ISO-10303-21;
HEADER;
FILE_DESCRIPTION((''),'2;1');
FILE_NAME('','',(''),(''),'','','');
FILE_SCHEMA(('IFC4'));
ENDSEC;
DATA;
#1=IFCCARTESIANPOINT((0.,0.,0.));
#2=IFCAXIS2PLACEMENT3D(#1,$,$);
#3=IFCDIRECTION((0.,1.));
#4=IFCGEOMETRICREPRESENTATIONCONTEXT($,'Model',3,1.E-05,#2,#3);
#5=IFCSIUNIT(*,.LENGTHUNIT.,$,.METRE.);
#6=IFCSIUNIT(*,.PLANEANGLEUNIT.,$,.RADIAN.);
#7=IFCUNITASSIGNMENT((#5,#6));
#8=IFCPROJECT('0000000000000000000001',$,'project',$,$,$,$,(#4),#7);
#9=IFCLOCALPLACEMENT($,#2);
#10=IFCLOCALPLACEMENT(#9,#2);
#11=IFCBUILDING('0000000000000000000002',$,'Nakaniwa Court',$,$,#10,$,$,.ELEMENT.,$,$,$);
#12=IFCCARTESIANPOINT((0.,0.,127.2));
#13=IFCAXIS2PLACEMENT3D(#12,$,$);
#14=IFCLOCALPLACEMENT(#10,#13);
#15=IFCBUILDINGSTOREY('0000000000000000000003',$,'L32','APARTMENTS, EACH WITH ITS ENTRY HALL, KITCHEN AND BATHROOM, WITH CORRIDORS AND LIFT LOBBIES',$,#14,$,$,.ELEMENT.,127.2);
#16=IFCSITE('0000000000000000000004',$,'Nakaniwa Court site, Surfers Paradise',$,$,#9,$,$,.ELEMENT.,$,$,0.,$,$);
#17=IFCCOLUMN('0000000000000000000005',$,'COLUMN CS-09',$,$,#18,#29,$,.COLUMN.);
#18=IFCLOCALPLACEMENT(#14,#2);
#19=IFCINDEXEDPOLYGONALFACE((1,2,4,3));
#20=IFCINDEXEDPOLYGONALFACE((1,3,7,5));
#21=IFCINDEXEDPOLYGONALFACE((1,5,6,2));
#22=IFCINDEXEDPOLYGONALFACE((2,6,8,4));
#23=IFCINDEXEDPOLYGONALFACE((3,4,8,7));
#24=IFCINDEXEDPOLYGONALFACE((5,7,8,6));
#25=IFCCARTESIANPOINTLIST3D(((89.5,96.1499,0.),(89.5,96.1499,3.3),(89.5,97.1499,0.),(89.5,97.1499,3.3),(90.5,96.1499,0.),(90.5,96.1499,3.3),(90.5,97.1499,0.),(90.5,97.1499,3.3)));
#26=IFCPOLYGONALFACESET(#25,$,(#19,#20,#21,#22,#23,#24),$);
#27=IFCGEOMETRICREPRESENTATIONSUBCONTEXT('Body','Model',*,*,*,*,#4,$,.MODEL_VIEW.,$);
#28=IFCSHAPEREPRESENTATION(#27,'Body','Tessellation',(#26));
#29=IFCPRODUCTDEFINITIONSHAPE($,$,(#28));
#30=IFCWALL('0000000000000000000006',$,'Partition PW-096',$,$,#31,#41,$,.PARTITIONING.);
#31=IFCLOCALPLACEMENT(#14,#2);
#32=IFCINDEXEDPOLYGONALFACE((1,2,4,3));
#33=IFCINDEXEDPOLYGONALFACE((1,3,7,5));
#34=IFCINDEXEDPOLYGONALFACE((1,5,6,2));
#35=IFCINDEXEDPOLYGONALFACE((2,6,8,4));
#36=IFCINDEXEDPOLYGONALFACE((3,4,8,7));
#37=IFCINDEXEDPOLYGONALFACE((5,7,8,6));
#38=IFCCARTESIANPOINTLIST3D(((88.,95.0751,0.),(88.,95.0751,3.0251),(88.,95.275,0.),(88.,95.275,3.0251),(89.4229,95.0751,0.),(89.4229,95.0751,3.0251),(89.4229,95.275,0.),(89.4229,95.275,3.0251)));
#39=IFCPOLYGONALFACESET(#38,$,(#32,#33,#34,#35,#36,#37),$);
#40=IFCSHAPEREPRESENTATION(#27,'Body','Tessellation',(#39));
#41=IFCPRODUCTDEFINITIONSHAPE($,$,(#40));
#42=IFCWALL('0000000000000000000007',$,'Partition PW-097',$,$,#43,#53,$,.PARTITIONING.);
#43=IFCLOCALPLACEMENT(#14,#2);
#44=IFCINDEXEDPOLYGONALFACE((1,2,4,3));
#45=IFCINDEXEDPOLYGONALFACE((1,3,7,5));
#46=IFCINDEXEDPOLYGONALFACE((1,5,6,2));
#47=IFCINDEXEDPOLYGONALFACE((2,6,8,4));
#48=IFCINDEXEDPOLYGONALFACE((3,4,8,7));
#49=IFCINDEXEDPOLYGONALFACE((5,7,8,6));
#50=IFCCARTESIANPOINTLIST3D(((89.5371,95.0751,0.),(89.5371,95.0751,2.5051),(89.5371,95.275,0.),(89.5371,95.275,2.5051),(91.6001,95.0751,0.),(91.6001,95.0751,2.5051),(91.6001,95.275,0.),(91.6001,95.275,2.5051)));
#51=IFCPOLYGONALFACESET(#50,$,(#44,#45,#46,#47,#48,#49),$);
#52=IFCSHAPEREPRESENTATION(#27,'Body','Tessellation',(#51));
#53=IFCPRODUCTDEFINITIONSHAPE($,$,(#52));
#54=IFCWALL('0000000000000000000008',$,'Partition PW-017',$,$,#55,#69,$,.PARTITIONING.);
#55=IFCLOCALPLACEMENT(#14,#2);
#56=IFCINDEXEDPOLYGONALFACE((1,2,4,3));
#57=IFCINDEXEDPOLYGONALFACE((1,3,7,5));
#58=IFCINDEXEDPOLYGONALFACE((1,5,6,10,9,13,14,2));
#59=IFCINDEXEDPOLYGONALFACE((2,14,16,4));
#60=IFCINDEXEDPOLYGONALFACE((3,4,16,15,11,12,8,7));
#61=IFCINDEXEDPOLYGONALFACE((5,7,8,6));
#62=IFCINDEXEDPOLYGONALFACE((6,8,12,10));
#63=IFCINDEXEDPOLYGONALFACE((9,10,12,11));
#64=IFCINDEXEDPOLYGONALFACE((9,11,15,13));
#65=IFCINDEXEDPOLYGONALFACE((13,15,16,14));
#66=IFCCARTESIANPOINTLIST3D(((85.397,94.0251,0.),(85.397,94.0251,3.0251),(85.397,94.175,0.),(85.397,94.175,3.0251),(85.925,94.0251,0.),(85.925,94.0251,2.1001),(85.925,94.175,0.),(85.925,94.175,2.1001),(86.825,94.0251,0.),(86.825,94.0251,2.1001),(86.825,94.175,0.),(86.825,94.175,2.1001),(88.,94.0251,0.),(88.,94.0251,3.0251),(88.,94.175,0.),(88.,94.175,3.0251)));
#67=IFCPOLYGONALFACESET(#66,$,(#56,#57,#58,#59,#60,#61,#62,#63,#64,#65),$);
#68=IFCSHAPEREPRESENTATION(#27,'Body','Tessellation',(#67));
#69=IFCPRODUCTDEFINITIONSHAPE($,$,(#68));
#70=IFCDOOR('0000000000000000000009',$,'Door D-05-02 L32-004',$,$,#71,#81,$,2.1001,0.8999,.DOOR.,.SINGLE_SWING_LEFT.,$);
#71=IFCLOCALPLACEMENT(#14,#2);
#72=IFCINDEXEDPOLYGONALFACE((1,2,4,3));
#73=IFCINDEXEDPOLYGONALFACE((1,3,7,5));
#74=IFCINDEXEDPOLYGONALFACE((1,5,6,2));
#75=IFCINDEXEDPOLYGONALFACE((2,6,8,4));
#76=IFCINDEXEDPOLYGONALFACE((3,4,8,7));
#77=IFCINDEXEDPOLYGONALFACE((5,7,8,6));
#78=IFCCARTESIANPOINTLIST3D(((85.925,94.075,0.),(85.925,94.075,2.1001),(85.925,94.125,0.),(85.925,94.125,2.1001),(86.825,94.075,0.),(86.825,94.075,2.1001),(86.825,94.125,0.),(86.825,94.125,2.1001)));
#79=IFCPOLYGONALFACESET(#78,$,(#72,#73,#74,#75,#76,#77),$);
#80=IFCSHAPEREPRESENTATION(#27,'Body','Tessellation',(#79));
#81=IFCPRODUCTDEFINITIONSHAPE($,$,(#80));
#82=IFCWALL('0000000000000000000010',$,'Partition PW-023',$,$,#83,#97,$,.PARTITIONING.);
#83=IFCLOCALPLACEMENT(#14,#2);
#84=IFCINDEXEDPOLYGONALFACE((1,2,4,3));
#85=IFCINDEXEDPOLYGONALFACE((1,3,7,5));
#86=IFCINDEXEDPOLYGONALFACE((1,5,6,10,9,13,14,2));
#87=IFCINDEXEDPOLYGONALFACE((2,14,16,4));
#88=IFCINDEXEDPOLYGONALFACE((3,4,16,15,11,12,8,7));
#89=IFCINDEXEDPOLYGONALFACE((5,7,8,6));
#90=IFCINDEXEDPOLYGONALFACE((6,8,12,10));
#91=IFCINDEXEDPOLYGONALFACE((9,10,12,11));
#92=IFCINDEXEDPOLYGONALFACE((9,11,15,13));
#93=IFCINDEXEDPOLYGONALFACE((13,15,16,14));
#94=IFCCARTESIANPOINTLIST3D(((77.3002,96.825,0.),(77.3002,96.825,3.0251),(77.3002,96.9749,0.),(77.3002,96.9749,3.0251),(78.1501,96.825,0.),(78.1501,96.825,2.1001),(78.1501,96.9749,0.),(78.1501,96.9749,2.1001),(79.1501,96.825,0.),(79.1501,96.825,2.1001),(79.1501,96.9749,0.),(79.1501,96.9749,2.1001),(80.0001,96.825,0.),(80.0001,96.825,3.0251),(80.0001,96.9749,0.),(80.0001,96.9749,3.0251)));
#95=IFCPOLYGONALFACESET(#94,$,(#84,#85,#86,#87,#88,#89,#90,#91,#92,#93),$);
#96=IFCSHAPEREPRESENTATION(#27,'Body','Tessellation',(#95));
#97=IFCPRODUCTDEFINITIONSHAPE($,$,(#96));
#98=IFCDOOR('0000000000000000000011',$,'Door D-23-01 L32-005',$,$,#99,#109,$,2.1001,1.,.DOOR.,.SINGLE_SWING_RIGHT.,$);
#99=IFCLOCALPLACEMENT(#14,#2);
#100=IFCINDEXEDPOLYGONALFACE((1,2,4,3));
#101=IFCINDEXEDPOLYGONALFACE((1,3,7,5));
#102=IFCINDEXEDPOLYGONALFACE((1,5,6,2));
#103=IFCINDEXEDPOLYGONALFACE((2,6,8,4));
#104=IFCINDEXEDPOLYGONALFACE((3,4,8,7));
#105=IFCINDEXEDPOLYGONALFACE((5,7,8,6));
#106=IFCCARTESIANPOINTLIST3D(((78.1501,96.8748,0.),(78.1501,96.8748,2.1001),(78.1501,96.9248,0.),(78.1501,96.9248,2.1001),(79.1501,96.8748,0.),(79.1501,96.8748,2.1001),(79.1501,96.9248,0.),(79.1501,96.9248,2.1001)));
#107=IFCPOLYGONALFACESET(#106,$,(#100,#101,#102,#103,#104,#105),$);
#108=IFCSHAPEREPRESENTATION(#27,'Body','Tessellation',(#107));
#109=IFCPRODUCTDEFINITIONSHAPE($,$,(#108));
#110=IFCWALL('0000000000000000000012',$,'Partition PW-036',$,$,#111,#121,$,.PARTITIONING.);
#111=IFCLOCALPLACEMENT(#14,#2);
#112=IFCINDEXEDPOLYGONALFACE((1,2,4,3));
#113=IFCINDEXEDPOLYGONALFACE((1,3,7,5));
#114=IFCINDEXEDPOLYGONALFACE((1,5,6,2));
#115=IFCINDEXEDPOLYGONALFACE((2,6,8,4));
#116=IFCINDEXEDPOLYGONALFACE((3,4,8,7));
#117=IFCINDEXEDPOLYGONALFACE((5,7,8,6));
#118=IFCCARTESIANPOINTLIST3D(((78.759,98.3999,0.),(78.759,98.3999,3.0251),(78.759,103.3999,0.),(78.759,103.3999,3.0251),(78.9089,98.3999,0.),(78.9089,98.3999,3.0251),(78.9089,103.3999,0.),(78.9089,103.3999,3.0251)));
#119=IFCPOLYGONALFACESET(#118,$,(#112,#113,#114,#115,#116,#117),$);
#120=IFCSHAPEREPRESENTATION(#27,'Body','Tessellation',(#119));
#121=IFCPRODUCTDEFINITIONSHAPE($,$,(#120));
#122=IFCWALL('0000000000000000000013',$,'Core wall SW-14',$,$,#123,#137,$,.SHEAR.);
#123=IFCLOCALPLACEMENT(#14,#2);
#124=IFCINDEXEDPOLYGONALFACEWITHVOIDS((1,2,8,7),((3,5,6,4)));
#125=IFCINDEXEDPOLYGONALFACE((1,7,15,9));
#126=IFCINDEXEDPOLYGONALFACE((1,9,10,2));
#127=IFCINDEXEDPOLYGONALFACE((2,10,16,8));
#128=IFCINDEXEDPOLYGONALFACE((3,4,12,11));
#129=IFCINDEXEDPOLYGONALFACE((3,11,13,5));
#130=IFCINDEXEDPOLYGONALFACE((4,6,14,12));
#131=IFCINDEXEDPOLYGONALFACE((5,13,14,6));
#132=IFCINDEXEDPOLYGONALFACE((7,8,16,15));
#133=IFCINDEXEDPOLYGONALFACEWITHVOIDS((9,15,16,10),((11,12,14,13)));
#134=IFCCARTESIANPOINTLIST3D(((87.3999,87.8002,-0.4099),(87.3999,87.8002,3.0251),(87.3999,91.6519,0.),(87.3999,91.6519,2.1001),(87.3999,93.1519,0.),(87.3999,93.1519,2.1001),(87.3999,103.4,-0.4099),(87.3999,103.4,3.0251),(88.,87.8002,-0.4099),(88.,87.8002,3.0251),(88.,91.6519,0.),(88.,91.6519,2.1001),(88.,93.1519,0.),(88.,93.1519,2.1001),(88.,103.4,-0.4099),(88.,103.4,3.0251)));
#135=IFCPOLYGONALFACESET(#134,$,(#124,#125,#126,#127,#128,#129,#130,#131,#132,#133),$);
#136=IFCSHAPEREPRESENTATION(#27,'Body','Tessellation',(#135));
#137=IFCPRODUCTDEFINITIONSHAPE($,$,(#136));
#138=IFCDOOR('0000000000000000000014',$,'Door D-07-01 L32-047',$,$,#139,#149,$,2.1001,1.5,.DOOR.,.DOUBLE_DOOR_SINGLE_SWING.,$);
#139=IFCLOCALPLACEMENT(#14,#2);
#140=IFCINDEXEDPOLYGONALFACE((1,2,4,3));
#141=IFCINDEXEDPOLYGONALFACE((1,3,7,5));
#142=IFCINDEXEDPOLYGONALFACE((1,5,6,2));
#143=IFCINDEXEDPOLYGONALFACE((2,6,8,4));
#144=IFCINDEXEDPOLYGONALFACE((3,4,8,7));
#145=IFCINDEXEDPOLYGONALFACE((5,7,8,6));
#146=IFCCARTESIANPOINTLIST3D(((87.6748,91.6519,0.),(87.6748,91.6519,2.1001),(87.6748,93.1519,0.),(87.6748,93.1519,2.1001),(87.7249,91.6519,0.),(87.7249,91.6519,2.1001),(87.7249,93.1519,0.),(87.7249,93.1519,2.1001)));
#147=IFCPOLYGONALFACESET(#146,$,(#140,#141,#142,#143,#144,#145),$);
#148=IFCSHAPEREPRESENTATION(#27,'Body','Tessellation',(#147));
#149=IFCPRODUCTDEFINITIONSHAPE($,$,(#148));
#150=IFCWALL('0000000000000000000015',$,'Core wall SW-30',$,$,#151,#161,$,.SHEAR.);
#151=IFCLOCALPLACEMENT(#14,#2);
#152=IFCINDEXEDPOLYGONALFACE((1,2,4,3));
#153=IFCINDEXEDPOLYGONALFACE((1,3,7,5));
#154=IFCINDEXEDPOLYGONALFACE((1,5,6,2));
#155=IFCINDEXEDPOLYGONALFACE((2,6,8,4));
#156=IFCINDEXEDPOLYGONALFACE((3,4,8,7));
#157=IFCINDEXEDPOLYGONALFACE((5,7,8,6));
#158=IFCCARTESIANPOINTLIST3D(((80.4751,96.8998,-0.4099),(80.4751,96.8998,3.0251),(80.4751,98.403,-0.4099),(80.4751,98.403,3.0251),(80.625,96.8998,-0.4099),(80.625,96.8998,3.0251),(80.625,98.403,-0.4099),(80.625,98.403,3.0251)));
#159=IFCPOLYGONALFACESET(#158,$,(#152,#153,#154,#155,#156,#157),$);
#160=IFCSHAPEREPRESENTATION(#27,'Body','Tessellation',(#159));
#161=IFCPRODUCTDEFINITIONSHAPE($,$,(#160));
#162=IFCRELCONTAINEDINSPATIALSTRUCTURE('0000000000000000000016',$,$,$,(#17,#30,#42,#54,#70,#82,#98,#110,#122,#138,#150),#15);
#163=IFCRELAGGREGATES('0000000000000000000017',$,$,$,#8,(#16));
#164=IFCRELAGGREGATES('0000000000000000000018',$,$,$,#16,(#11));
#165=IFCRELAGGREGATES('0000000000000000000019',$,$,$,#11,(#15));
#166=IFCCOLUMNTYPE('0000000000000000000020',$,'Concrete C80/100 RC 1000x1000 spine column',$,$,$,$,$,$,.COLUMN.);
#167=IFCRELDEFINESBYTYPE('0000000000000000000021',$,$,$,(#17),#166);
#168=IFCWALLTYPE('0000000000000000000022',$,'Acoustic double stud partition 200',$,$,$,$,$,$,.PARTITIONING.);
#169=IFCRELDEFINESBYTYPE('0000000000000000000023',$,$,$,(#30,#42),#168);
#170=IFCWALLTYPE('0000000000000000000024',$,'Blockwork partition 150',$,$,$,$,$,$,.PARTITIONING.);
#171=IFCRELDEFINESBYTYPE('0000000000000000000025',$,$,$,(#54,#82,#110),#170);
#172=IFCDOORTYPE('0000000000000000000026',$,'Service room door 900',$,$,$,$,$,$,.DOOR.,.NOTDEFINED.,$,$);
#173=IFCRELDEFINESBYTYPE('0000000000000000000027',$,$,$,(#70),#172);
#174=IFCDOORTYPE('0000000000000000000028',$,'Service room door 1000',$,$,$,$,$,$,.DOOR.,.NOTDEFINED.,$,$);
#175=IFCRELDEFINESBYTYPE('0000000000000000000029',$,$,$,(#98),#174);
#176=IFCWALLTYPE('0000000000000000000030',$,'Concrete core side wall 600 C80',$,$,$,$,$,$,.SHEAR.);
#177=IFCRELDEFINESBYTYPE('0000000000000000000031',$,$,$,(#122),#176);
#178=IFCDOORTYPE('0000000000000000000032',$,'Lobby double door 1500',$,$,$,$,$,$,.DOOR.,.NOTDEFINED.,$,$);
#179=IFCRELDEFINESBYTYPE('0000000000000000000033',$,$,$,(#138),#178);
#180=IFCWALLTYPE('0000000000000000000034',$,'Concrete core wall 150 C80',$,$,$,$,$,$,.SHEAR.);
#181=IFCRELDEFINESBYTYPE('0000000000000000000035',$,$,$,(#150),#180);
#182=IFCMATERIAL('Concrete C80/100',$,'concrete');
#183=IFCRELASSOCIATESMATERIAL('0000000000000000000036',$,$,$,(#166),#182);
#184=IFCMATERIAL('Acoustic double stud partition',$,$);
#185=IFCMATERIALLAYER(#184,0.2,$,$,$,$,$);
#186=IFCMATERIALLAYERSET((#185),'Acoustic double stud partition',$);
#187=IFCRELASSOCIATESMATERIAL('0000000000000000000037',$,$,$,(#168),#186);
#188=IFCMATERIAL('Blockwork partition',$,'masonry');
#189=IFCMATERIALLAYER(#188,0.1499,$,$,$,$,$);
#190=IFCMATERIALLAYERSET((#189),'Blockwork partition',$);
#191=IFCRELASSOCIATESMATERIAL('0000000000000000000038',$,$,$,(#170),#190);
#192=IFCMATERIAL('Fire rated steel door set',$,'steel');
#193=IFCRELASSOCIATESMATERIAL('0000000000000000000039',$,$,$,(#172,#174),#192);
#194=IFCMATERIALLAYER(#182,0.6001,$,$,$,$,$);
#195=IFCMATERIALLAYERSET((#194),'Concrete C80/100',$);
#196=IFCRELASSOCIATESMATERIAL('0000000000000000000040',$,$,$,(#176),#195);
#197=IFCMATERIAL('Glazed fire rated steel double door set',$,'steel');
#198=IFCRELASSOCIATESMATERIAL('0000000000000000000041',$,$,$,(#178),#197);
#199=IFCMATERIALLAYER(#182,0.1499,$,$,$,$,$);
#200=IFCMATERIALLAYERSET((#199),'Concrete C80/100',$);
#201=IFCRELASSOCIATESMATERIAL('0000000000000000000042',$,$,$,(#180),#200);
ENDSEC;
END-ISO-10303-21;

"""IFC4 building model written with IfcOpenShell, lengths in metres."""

from ifc_helpers import new_model, si_unit, direction, frame, frame_2d, origin, origin_2d, place, context, subcontext, project, spatial, rectangle, extrude, material, layer, layer_set, material_profile, profile_set, type_object, element, fill, save


model = new_model("IFC4")

# Units and contexts
model_context = context("Model", 3, precision=1e-05, world=origin(), true_north=direction((0.0, 1.0)))
body_context = subcontext(model_context, "Body", "Model", "MODEL_VIEW")
ifc_project = project(units=[si_unit("LENGTHUNIT", "METRE"), si_unit("PLANEANGLEUNIT", "RADIAN")], contexts=[model_context])

# Site, building, storey
site_placement = place(None, origin())
site = spatial("IfcSite", under=ifc_project, at=site_placement, Name="Nakaniwa Court site, Surfers Paradise", CompositionType="ELEMENT", RefElevation=0.0)
building_placement = place(site_placement, origin())
building = spatial("IfcBuilding", under=site, at=building_placement, Name="Nakaniwa Court", CompositionType="ELEMENT")
storey_placement = place(building_placement, frame((0.0, 0.0, 127.2)))
storey = spatial("IfcBuildingStorey", under=building, at=storey_placement, Name="L32", Description="APARTMENTS, EACH WITH ITS ENTRY HALL, KITCHEN AND BATHROOM, WITH CORRIDORS AND LIFT LOBBIES", CompositionType="ELEMENT", Elevation=127.2)

# Column
ifc_material_1 = material(Name="Concrete C80/100", Category="concrete")
ifc_material_profile = material_profile(ifc_material_1, rectangle(XDim=1.0, YDim=1.0, at=origin_2d()), Name="Concrete C80/100 RC 1000x1000 spine column")
ifc_profile_set = profile_set([ifc_material_profile], Name="Concrete C80/100")
column_type = type_object("IfcColumnType", Name="Concrete C80/100 RC 1000x1000 spine column", PredefinedType="COLUMN", material=ifc_profile_set)
column_placement = place(storey_placement, frame((90.0, 96.6499, 0.0), z_axis=(0.0, 0.0, 1.0), x_axis=(0.0, 1.0, 0.0)))
element("IfcColumn", 1, at=column_placement, inside=storey, type_object=column_type, Name="COLUMN CS-09", PredefinedType="COLUMN", context=body_context, shape_type="SweptSolid", body=[
    extrude(rectangle(XDim=1.0, YDim=1.0, at=origin_2d()), origin(), (0.0, 0.0, 1.0), 3.3),
])

# Walls
ifc_material_2 = material(Name="Acoustic double stud partition")
ifc_layer_1 = layer(ifc_material_2, 0.2)
ifc_layer_set_1 = layer_set([ifc_layer_1], Name="Acoustic double stud partition")
wall_type_1 = type_object("IfcWallType", Name="Acoustic double stud partition 200", PredefinedType="PARTITIONING", material=ifc_layer_set_1)
wall_1_placement = place(storey_placement, frame((88.0, 95.175, 0.0), z_axis=(0.0, 0.0, 1.0), x_axis=(1.0, 0.0, 0.0)))
element("IfcWall", 2, at=wall_1_placement, inside=storey, type_object=wall_type_1, Name="Partition PW-096", PredefinedType="PARTITIONING", context=body_context, shape_type="SweptSolid", body=[
    extrude(rectangle(XDim=1.4229, YDim=0.2, at=frame_2d((0.7114, 0.0))), origin(), (0.0, 0.0, 1.0), 3.0251),
])
wall_2_placement = place(storey_placement, frame((89.5371, 95.175, 0.0), z_axis=(0.0, 0.0, 1.0), x_axis=(1.0, 0.0, 0.0)))
element("IfcWall", 3, at=wall_2_placement, inside=storey, type_object=wall_type_1, Name="Partition PW-097", PredefinedType="PARTITIONING", context=body_context, shape_type="SweptSolid", body=[
    extrude(rectangle(XDim=2.063, YDim=0.2, at=frame_2d((1.0315, 0.0))), origin(), (0.0, 0.0, 1.0), 2.5051),
])

# Walls, openings, doors
ifc_material_3 = material(Name="Blockwork partition", Category="masonry")
ifc_layer_2 = layer(ifc_material_3, 0.1499)
ifc_layer_set_2 = layer_set([ifc_layer_2], Name="Blockwork partition")
wall_type_2 = type_object("IfcWallType", Name="Blockwork partition 150", PredefinedType="PARTITIONING", material=ifc_layer_set_2)
wall_3_placement = place(storey_placement, frame((85.397, 94.1001, 0.0), z_axis=(0.0, 0.0, 1.0), x_axis=(1.0, 0.0, 0.0)))
wall_3 = element("IfcWall", 4, at=wall_3_placement, inside=storey, type_object=wall_type_2, Name="Partition PW-017", PredefinedType="PARTITIONING", context=body_context, shape_type="SweptSolid", body=[
    extrude(rectangle(XDim=2.603, YDim=0.1499, at=frame_2d((1.3015, 0.0))), origin(), (0.0, 0.0, 1.0), 3.0251),
])
opening_1_placement = place(wall_3_placement, frame((0.5281, 0.0, 0.0)))
opening_1 = element("IfcOpeningElement", 5, at=opening_1_placement, cuts=wall_3, PredefinedType="OPENING", context=body_context, shape_type="SweptSolid", body=[
    extrude(rectangle(XDim=0.8999, YDim=2.1001, at=frame_2d((0.45, 1.05))), frame((0.0, 0.085, 0.0), z_axis=(0.0, -1.0, 0.0), x_axis=(1.0, 0.0, 0.0)), (0.0, 0.0, 1.0), 0.1699),
])
ifc_material_4 = material(Name="Fire rated steel door set", Category="steel")
door_type_1 = type_object("IfcDoorType", Name="Service room door 900", OperationType="NOTDEFINED", PredefinedType="DOOR", material=ifc_material_4)
door_1_placement = place(opening_1_placement, origin())
door_1 = element("IfcDoor", 6, at=door_1_placement, inside=storey, type_object=door_type_1, Name="Door D-05-02 L32-004", OperationType="SINGLE_SWING_LEFT", OverallHeight=2.1001, OverallWidth=0.8999, PredefinedType="DOOR", context=body_context, shape_type="SweptSolid", body=[
    extrude(rectangle(XDim=0.8999, YDim=2.1001, at=frame_2d((0.45, 1.05))), frame((0.0, 0.0249, 0.0), z_axis=(0.0, -1.0, 0.0), x_axis=(1.0, 0.0, 0.0)), (0.0, 0.0, 1.0), 0.05),
])
fill(opening_1, door_1)
wall_4_placement = place(storey_placement, frame((77.3, 96.8999, 0.0), z_axis=(0.0, 0.0, 1.0), x_axis=(1.0, 0.0, 0.0)))
wall_4 = element("IfcWall", 7, at=wall_4_placement, inside=storey, type_object=wall_type_2, Name="Partition PW-023", PredefinedType="PARTITIONING", context=body_context, shape_type="SweptSolid", body=[
    extrude(rectangle(XDim=2.7, YDim=0.1499, at=frame_2d((1.3501, 0.0))), origin(), (0.0, 0.0, 1.0), 3.0251),
])
opening_2_placement = place(wall_4_placement, frame((0.8501, 0.0, 0.0)))
opening_2 = element("IfcOpeningElement", 8, at=opening_2_placement, cuts=wall_4, PredefinedType="OPENING", context=body_context, shape_type="SweptSolid", body=[
    extrude(rectangle(XDim=1.0, YDim=2.1001, at=frame_2d((0.5, 1.05))), frame((0.0, 0.085, 0.0), z_axis=(0.0, -1.0, 0.0), x_axis=(1.0, 0.0, 0.0)), (0.0, 0.0, 1.0), 0.1699),
])
door_type_2 = type_object("IfcDoorType", Name="Service room door 1000", OperationType="NOTDEFINED", PredefinedType="DOOR", material=ifc_material_4)
door_2_placement = place(opening_2_placement, origin())
door_2 = element("IfcDoor", 9, at=door_2_placement, inside=storey, type_object=door_type_2, Name="Door D-23-01 L32-005", OperationType="SINGLE_SWING_RIGHT", OverallHeight=2.1001, OverallWidth=1.0, PredefinedType="DOOR", context=body_context, shape_type="SweptSolid", body=[
    extrude(rectangle(XDim=1.0, YDim=2.1001, at=frame_2d((0.5, 1.05))), frame((0.0, 0.0249, 0.0), z_axis=(0.0, -1.0, 0.0), x_axis=(1.0, 0.0, 0.0)), (0.0, 0.0, 1.0), 0.05),
])
fill(opening_2, door_2)

# Wall
wall_5_placement = place(storey_placement, frame((78.834, 98.3999, 0.0), z_axis=(0.0, 0.0, 1.0), x_axis=(0.0, 1.0, 0.0)))
element("IfcWall", 10, at=wall_5_placement, inside=storey, type_object=wall_type_2, Name="Partition PW-036", PredefinedType="PARTITIONING", context=body_context, shape_type="SweptSolid", body=[
    extrude(rectangle(XDim=5.0, YDim=0.1499, at=frame_2d((2.5, 0.0))), origin(), (0.0, 0.0, 1.0), 3.0251),
])

# Wall, opening, door
ifc_layer_3 = layer(ifc_material_1, 0.6001)
ifc_layer_set_3 = layer_set([ifc_layer_3], Name="Concrete C80/100")
wall_type_3 = type_object("IfcWallType", Name="Concrete core side wall 600 C80", PredefinedType="SHEAR", material=ifc_layer_set_3)
wall_6_placement = place(storey_placement, frame((87.7, 103.3999, -0.4099), z_axis=(0.0, 0.0, 1.0), x_axis=(0.0, -1.0, 0.0)))
wall_6 = element("IfcWall", 11, at=wall_6_placement, inside=storey, type_object=wall_type_3, Name="Core wall SW-14", PredefinedType="SHEAR", context=body_context, shape_type="SweptSolid", body=[
    extrude(rectangle(XDim=15.5999, YDim=0.6001, at=frame_2d((7.7998, 0.0))), origin(), (0.0, 0.0, 1.0), 3.4351),
])
opening_3_placement = place(wall_6_placement, frame((10.248, 0.0, 0.4099)))
opening_3 = element("IfcOpeningElement", 12, at=opening_3_placement, cuts=wall_6, PredefinedType="OPENING", context=body_context, shape_type="SweptSolid", body=[
    extrude(rectangle(XDim=1.5, YDim=2.1001, at=frame_2d((0.75, 1.05))), frame((0.0, 0.3101, 0.0), z_axis=(0.0, -1.0, 0.0), x_axis=(1.0, 0.0, 0.0)), (0.0, 0.0, 1.0), 0.6201),
])
ifc_material_5 = material(Name="Glazed fire rated steel double door set", Category="steel")
door_type_3 = type_object("IfcDoorType", Name="Lobby double door 1500", OperationType="NOTDEFINED", PredefinedType="DOOR", material=ifc_material_5)
door_3_placement = place(opening_3_placement, origin())
door_3 = element("IfcDoor", 13, at=door_3_placement, inside=storey, type_object=door_type_3, Name="Door D-07-01 L32-047", OperationType="DOUBLE_DOOR_SINGLE_SWING", OverallHeight=2.1001, OverallWidth=1.5, PredefinedType="DOOR", context=body_context, shape_type="SweptSolid", body=[
    extrude(rectangle(XDim=1.5, YDim=2.1001, at=frame_2d((0.75, 1.05))), frame((0.0, 0.0249, 0.0), z_axis=(0.0, -1.0, 0.0), x_axis=(1.0, 0.0, 0.0)), (0.0, 0.0, 1.0), 0.05),
])
fill(opening_3, door_3)

# Wall
ifc_layer_4 = layer(ifc_material_1, 0.1499)
ifc_layer_set_4 = layer_set([ifc_layer_4], Name="Concrete C80/100")
wall_type_4 = type_object("IfcWallType", Name="Concrete core wall 150 C80", PredefinedType="SHEAR", material=ifc_layer_set_4)
wall_7_placement = place(storey_placement, frame((80.55, 96.8999, -0.4099), z_axis=(0.0, 0.0, 1.0), x_axis=(0.0, 1.0, 0.0)))
element("IfcWall", 14, at=wall_7_placement, inside=storey, type_object=wall_type_4, Name="Core wall SW-30", PredefinedType="SHEAR", context=body_context, shape_type="SweptSolid", body=[
    extrude(rectangle(XDim=1.5032, YDim=0.1499, at=frame_2d((0.7515, 0.0))), origin(), (0.0, 0.0, 1.0), 3.4351),
])

save(model, "model.ifc")
